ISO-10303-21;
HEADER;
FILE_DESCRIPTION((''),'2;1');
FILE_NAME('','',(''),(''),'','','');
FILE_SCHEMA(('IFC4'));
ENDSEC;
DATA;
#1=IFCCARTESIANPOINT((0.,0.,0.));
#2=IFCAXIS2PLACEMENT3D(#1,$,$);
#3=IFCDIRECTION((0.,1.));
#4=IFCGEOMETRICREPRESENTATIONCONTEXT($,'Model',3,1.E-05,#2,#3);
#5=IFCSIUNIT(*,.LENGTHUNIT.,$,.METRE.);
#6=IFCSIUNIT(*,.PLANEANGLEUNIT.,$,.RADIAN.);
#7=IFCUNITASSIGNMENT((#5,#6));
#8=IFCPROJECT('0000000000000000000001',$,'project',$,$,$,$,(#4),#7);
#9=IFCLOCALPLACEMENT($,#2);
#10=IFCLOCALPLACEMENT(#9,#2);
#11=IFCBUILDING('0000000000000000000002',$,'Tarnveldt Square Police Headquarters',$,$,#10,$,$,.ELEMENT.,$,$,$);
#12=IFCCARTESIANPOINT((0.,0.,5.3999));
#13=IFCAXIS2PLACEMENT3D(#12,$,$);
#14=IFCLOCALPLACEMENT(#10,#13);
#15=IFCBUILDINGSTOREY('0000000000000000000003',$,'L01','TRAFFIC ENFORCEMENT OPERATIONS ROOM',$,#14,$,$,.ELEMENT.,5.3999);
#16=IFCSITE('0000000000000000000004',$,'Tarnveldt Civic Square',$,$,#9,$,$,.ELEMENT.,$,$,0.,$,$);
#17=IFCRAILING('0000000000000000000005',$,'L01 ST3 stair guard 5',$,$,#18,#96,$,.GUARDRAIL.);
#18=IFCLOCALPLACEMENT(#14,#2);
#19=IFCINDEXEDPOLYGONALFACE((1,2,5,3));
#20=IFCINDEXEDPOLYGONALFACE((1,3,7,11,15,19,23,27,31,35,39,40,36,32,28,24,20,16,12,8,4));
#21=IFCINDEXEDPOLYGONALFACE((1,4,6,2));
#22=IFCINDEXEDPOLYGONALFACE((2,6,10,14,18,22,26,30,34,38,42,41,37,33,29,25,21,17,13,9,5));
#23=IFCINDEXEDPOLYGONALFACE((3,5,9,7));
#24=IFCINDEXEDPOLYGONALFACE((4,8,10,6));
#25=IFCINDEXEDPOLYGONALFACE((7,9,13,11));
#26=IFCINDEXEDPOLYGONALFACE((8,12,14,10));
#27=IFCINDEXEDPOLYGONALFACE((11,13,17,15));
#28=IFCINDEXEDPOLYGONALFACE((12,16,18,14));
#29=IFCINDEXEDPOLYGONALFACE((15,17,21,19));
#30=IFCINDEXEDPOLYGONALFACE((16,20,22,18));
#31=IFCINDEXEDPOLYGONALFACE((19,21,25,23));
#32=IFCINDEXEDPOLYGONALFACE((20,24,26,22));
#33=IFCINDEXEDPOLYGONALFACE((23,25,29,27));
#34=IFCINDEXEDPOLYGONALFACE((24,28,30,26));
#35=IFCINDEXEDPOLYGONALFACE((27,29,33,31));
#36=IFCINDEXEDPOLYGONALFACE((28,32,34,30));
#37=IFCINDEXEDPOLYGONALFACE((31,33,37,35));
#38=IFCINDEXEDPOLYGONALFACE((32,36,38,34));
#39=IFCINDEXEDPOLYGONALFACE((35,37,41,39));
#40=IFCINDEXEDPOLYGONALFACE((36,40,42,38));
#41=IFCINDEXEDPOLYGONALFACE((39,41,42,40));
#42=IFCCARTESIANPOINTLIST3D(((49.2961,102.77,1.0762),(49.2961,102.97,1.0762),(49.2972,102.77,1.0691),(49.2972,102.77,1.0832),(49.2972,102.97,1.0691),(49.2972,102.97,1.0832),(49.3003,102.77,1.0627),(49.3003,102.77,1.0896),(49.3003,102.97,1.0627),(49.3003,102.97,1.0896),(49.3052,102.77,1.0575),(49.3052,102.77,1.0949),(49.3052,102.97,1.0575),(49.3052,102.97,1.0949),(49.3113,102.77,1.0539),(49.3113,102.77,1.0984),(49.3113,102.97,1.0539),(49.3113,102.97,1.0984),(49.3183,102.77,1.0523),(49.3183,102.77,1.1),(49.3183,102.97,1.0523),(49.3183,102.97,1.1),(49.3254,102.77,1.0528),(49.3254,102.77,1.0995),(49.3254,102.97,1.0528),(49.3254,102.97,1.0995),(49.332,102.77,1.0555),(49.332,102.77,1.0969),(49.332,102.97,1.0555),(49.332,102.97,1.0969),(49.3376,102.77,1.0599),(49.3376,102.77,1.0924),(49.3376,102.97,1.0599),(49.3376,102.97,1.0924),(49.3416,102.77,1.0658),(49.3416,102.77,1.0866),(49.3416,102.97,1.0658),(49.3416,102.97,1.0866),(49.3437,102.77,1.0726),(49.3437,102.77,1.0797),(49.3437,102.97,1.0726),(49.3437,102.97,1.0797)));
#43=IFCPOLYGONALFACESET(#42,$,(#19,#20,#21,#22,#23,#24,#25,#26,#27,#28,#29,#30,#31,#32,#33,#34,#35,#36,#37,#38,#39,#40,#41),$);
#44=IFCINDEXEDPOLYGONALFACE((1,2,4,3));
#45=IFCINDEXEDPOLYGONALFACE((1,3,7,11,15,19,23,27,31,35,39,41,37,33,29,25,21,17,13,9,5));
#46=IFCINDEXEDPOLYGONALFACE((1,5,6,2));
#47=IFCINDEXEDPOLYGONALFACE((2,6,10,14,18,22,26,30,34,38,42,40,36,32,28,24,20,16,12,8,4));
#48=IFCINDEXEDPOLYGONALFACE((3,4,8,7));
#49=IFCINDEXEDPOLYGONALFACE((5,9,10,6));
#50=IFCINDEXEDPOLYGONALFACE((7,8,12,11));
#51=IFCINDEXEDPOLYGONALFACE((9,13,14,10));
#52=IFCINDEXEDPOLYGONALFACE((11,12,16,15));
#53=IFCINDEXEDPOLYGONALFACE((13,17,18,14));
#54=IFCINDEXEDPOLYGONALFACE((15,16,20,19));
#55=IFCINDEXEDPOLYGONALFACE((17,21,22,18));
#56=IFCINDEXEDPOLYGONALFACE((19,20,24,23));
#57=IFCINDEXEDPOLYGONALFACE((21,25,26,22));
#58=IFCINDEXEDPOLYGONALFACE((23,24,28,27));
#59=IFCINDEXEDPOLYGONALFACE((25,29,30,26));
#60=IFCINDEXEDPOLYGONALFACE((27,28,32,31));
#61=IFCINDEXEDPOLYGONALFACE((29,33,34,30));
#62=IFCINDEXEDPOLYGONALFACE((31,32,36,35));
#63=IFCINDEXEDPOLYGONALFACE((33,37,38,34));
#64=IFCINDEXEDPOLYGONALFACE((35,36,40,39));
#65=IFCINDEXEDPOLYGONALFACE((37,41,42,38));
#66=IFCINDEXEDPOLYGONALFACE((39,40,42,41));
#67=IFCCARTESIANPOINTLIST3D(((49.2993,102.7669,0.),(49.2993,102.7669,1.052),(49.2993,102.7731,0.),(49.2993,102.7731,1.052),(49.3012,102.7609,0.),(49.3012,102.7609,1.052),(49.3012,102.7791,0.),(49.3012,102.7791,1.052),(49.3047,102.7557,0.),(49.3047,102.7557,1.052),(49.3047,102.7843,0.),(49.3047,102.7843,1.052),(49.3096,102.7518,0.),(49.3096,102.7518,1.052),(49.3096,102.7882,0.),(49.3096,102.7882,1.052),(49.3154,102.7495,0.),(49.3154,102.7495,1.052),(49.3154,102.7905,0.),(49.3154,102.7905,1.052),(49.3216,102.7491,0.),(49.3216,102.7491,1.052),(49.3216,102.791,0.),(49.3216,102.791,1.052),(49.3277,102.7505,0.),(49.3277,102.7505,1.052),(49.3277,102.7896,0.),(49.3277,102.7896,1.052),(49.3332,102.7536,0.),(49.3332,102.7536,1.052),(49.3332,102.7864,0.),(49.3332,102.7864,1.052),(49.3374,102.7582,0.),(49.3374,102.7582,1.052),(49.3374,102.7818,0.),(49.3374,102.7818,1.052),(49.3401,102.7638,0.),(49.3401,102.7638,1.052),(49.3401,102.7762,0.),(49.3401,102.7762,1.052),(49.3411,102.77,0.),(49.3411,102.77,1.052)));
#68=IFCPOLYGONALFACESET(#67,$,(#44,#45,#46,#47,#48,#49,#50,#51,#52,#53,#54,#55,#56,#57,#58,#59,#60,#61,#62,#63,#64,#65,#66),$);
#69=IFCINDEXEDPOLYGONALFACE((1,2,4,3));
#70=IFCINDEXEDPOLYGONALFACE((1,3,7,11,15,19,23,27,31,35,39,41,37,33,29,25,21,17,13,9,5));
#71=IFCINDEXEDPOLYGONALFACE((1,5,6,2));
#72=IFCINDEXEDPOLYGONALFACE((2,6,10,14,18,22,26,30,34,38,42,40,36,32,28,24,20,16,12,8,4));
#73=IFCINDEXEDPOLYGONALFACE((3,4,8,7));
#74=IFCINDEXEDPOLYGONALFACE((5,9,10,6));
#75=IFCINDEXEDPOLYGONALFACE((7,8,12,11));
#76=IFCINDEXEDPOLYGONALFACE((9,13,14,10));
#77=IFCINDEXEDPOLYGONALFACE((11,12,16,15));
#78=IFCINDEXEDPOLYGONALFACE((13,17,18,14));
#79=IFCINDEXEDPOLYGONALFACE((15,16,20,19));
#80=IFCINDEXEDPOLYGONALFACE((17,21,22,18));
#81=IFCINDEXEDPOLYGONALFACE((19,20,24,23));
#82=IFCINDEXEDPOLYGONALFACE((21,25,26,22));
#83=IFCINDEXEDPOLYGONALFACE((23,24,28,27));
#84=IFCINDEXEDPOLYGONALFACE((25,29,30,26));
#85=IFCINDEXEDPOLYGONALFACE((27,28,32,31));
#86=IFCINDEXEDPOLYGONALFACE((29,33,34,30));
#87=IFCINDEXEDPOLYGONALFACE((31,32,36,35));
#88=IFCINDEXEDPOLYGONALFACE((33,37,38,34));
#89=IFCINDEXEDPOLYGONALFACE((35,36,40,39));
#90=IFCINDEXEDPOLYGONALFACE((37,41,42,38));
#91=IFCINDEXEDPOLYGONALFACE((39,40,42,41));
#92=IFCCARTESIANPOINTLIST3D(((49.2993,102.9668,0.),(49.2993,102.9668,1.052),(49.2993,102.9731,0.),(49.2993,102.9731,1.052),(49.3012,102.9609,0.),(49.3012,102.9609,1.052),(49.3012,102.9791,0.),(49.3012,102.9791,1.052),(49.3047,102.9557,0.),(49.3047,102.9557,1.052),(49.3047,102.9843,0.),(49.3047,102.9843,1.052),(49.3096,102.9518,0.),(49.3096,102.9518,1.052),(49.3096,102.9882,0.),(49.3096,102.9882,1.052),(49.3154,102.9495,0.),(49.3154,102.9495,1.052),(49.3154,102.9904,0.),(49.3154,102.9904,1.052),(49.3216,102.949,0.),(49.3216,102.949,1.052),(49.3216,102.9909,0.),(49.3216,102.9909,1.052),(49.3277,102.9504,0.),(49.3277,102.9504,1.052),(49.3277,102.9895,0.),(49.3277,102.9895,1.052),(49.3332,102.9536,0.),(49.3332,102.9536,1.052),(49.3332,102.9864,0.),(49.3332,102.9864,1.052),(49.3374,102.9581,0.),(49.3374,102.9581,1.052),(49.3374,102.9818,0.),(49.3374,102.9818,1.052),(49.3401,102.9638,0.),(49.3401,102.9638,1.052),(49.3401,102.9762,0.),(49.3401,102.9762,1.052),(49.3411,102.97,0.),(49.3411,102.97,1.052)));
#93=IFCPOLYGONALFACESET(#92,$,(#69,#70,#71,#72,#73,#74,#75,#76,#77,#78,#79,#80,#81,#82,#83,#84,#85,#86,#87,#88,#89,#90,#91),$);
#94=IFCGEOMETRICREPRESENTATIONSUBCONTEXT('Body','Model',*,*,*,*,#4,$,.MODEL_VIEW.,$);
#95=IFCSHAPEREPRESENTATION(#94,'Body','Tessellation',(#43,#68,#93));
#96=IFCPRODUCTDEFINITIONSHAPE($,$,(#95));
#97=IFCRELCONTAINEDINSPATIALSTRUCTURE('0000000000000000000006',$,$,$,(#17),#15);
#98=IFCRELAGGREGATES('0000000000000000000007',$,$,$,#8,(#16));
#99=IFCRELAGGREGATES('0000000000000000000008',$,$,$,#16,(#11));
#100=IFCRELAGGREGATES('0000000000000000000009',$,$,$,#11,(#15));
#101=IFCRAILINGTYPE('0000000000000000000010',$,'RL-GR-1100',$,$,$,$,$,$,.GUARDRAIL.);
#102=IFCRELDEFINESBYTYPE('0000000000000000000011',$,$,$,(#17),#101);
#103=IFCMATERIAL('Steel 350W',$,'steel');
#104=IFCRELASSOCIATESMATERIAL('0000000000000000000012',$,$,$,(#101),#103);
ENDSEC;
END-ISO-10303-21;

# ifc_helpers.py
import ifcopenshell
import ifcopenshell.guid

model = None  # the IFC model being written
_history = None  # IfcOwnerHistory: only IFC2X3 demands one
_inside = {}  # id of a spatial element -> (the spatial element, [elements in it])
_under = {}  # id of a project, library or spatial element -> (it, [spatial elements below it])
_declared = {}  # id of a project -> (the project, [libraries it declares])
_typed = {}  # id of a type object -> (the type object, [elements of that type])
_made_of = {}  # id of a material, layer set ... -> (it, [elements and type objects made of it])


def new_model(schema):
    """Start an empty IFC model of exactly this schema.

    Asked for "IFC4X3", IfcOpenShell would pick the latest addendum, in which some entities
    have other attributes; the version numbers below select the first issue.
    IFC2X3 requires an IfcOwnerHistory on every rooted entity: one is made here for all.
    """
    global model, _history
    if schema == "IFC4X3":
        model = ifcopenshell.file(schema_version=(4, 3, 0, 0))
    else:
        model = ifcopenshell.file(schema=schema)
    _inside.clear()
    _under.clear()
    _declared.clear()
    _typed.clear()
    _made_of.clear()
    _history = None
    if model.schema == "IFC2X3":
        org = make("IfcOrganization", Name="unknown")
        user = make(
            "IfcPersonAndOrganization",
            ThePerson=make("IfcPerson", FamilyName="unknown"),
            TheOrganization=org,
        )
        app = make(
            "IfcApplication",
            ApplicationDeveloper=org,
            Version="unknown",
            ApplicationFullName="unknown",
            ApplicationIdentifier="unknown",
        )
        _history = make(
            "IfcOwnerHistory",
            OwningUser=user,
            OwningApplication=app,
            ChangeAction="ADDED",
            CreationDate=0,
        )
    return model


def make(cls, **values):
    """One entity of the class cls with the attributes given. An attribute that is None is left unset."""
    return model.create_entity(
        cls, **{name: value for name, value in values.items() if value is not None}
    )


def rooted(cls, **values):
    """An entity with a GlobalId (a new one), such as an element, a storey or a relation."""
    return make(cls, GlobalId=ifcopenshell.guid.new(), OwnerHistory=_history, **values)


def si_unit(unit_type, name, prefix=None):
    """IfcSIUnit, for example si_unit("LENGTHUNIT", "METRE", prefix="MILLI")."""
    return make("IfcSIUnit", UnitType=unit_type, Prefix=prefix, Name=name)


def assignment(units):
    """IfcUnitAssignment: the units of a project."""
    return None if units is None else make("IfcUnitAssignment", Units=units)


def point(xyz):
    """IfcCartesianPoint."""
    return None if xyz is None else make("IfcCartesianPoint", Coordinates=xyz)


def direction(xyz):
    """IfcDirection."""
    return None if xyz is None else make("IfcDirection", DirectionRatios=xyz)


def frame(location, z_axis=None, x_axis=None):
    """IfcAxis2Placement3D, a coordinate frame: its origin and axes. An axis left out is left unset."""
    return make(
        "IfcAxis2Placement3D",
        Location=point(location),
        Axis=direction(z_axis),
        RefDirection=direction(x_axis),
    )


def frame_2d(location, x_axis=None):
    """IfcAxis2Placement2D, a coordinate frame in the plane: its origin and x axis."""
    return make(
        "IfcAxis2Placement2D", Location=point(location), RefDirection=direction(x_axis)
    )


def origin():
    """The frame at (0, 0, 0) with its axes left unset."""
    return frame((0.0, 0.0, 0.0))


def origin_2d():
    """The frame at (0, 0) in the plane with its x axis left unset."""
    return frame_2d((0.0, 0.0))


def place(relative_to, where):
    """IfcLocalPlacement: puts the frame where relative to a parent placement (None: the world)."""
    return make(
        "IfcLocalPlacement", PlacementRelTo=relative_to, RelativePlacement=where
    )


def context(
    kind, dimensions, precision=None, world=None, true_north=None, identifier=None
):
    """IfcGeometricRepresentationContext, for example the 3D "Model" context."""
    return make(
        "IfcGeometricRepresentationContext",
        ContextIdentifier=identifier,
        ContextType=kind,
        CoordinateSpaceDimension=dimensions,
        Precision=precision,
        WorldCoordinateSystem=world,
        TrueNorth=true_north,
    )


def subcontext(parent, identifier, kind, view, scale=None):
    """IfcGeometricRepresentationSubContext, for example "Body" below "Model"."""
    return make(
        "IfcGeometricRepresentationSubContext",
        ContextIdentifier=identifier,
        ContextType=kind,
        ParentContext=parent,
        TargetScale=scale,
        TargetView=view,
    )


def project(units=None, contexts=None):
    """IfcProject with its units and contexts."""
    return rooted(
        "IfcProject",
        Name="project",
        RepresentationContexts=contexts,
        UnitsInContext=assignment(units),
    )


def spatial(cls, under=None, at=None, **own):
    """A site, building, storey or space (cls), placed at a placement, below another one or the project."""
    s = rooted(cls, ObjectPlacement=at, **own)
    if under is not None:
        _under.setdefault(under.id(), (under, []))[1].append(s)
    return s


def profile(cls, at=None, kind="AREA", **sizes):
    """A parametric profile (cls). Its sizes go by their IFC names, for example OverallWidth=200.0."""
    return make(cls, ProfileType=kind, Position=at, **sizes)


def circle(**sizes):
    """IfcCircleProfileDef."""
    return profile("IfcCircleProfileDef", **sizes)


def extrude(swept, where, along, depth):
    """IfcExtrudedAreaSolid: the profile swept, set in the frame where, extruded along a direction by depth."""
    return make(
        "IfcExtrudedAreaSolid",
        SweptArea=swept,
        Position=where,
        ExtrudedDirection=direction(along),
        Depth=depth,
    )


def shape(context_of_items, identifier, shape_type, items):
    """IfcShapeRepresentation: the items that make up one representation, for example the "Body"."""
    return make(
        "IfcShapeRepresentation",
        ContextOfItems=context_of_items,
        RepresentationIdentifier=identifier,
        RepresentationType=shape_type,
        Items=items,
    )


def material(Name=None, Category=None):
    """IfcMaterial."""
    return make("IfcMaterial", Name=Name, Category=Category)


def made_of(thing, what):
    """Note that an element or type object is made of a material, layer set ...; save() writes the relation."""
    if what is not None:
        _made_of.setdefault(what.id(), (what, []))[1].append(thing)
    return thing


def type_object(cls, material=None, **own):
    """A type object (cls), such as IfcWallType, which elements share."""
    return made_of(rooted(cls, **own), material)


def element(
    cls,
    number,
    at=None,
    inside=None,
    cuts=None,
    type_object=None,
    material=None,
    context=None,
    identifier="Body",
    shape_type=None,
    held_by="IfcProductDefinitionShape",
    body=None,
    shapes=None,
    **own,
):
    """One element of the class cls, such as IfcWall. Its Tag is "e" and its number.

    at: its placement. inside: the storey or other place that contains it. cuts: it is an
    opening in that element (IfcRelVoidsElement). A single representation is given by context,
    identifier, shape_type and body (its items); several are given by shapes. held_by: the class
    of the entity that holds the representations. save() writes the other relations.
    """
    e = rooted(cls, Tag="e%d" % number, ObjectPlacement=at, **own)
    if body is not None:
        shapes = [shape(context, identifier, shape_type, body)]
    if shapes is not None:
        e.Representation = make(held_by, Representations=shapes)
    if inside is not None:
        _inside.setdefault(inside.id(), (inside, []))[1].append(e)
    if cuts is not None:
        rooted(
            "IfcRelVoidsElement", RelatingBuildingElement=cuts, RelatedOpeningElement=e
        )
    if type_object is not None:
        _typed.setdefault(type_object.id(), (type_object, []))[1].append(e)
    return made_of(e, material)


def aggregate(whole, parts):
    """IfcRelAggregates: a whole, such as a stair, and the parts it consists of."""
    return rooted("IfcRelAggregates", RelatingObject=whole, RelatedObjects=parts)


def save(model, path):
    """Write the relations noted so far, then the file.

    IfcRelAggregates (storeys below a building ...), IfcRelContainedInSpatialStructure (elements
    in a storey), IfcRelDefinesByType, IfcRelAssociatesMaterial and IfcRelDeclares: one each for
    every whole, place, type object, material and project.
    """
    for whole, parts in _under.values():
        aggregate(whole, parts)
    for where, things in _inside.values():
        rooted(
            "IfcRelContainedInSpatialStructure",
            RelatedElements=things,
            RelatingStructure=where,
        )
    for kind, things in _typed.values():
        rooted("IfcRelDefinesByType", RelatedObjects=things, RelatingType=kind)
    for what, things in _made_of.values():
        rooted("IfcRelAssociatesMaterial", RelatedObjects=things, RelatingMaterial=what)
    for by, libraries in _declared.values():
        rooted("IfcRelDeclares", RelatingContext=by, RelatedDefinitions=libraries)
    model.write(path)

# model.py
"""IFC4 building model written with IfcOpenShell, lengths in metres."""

from ifc_helpers import new_model, si_unit, direction, frame, origin, origin_2d, place, context, subcontext, project, spatial, circle, extrude, material, type_object, element, save


model = new_model("IFC4")

# Units and contexts
model_context = context("Model", 3, precision=1e-05, world=origin(), true_north=direction((0.0, 1.0)))
body_context = subcontext(model_context, "Body", "Model", "MODEL_VIEW")
ifc_project = project(units=[si_unit("LENGTHUNIT", "METRE"), si_unit("PLANEANGLEUNIT", "RADIAN")], contexts=[model_context])

# Site, building, storey
site_placement = place(None, origin())
site = spatial("IfcSite", under=ifc_project, at=site_placement, Name="Tarnveldt Civic Square", CompositionType="ELEMENT", RefElevation=0.0)
building_placement = place(site_placement, origin())
building = spatial("IfcBuilding", under=site, at=building_placement, Name="Tarnveldt Square Police Headquarters", CompositionType="ELEMENT")
storey_placement = place(building_placement, frame((0.0, 0.0, 5.3999)))
storey = spatial("IfcBuildingStorey", under=building, at=storey_placement, Name="L01", Description="TRAFFIC ENFORCEMENT OPERATIONS ROOM", CompositionType="ELEMENT", Elevation=5.3999)

# Railing
ifc_material_1 = material(Name="Steel 350W", Category="steel")
railing_type_1 = type_object("IfcRailingType", Name="RL-GR-1100", PredefinedType="GUARDRAIL", material=ifc_material_1)
railing_1_placement = place(storey_placement, frame((49.3201, 102.77, 0.0)))
element("IfcRailing", 1, at=railing_1_placement, inside=storey, type_object=railing_type_1, Name="L01 ST3 stair guard 5", PredefinedType="GUARDRAIL", context=body_context, shape_type="SweptSolid", body=[
    extrude(circle(Radius=0.0239, at=origin_2d()), frame((0.0, 0.0, 1.0762), z_axis=(0.0, 1.0, 0.0), x_axis=(-1.0, 0.0, 0.0)), (0.0, 0.0, 1.0), 0.2),
    extrude(circle(Radius=0.021, at=origin_2d()), origin(), (0.0, 0.0, 1.0), 1.052),
    extrude(circle(Radius=0.021, at=origin_2d()), frame((0.0, 0.2, 0.0)), (0.0, 0.0, 1.0), 1.052),
])

save(model, "model.ifc")
